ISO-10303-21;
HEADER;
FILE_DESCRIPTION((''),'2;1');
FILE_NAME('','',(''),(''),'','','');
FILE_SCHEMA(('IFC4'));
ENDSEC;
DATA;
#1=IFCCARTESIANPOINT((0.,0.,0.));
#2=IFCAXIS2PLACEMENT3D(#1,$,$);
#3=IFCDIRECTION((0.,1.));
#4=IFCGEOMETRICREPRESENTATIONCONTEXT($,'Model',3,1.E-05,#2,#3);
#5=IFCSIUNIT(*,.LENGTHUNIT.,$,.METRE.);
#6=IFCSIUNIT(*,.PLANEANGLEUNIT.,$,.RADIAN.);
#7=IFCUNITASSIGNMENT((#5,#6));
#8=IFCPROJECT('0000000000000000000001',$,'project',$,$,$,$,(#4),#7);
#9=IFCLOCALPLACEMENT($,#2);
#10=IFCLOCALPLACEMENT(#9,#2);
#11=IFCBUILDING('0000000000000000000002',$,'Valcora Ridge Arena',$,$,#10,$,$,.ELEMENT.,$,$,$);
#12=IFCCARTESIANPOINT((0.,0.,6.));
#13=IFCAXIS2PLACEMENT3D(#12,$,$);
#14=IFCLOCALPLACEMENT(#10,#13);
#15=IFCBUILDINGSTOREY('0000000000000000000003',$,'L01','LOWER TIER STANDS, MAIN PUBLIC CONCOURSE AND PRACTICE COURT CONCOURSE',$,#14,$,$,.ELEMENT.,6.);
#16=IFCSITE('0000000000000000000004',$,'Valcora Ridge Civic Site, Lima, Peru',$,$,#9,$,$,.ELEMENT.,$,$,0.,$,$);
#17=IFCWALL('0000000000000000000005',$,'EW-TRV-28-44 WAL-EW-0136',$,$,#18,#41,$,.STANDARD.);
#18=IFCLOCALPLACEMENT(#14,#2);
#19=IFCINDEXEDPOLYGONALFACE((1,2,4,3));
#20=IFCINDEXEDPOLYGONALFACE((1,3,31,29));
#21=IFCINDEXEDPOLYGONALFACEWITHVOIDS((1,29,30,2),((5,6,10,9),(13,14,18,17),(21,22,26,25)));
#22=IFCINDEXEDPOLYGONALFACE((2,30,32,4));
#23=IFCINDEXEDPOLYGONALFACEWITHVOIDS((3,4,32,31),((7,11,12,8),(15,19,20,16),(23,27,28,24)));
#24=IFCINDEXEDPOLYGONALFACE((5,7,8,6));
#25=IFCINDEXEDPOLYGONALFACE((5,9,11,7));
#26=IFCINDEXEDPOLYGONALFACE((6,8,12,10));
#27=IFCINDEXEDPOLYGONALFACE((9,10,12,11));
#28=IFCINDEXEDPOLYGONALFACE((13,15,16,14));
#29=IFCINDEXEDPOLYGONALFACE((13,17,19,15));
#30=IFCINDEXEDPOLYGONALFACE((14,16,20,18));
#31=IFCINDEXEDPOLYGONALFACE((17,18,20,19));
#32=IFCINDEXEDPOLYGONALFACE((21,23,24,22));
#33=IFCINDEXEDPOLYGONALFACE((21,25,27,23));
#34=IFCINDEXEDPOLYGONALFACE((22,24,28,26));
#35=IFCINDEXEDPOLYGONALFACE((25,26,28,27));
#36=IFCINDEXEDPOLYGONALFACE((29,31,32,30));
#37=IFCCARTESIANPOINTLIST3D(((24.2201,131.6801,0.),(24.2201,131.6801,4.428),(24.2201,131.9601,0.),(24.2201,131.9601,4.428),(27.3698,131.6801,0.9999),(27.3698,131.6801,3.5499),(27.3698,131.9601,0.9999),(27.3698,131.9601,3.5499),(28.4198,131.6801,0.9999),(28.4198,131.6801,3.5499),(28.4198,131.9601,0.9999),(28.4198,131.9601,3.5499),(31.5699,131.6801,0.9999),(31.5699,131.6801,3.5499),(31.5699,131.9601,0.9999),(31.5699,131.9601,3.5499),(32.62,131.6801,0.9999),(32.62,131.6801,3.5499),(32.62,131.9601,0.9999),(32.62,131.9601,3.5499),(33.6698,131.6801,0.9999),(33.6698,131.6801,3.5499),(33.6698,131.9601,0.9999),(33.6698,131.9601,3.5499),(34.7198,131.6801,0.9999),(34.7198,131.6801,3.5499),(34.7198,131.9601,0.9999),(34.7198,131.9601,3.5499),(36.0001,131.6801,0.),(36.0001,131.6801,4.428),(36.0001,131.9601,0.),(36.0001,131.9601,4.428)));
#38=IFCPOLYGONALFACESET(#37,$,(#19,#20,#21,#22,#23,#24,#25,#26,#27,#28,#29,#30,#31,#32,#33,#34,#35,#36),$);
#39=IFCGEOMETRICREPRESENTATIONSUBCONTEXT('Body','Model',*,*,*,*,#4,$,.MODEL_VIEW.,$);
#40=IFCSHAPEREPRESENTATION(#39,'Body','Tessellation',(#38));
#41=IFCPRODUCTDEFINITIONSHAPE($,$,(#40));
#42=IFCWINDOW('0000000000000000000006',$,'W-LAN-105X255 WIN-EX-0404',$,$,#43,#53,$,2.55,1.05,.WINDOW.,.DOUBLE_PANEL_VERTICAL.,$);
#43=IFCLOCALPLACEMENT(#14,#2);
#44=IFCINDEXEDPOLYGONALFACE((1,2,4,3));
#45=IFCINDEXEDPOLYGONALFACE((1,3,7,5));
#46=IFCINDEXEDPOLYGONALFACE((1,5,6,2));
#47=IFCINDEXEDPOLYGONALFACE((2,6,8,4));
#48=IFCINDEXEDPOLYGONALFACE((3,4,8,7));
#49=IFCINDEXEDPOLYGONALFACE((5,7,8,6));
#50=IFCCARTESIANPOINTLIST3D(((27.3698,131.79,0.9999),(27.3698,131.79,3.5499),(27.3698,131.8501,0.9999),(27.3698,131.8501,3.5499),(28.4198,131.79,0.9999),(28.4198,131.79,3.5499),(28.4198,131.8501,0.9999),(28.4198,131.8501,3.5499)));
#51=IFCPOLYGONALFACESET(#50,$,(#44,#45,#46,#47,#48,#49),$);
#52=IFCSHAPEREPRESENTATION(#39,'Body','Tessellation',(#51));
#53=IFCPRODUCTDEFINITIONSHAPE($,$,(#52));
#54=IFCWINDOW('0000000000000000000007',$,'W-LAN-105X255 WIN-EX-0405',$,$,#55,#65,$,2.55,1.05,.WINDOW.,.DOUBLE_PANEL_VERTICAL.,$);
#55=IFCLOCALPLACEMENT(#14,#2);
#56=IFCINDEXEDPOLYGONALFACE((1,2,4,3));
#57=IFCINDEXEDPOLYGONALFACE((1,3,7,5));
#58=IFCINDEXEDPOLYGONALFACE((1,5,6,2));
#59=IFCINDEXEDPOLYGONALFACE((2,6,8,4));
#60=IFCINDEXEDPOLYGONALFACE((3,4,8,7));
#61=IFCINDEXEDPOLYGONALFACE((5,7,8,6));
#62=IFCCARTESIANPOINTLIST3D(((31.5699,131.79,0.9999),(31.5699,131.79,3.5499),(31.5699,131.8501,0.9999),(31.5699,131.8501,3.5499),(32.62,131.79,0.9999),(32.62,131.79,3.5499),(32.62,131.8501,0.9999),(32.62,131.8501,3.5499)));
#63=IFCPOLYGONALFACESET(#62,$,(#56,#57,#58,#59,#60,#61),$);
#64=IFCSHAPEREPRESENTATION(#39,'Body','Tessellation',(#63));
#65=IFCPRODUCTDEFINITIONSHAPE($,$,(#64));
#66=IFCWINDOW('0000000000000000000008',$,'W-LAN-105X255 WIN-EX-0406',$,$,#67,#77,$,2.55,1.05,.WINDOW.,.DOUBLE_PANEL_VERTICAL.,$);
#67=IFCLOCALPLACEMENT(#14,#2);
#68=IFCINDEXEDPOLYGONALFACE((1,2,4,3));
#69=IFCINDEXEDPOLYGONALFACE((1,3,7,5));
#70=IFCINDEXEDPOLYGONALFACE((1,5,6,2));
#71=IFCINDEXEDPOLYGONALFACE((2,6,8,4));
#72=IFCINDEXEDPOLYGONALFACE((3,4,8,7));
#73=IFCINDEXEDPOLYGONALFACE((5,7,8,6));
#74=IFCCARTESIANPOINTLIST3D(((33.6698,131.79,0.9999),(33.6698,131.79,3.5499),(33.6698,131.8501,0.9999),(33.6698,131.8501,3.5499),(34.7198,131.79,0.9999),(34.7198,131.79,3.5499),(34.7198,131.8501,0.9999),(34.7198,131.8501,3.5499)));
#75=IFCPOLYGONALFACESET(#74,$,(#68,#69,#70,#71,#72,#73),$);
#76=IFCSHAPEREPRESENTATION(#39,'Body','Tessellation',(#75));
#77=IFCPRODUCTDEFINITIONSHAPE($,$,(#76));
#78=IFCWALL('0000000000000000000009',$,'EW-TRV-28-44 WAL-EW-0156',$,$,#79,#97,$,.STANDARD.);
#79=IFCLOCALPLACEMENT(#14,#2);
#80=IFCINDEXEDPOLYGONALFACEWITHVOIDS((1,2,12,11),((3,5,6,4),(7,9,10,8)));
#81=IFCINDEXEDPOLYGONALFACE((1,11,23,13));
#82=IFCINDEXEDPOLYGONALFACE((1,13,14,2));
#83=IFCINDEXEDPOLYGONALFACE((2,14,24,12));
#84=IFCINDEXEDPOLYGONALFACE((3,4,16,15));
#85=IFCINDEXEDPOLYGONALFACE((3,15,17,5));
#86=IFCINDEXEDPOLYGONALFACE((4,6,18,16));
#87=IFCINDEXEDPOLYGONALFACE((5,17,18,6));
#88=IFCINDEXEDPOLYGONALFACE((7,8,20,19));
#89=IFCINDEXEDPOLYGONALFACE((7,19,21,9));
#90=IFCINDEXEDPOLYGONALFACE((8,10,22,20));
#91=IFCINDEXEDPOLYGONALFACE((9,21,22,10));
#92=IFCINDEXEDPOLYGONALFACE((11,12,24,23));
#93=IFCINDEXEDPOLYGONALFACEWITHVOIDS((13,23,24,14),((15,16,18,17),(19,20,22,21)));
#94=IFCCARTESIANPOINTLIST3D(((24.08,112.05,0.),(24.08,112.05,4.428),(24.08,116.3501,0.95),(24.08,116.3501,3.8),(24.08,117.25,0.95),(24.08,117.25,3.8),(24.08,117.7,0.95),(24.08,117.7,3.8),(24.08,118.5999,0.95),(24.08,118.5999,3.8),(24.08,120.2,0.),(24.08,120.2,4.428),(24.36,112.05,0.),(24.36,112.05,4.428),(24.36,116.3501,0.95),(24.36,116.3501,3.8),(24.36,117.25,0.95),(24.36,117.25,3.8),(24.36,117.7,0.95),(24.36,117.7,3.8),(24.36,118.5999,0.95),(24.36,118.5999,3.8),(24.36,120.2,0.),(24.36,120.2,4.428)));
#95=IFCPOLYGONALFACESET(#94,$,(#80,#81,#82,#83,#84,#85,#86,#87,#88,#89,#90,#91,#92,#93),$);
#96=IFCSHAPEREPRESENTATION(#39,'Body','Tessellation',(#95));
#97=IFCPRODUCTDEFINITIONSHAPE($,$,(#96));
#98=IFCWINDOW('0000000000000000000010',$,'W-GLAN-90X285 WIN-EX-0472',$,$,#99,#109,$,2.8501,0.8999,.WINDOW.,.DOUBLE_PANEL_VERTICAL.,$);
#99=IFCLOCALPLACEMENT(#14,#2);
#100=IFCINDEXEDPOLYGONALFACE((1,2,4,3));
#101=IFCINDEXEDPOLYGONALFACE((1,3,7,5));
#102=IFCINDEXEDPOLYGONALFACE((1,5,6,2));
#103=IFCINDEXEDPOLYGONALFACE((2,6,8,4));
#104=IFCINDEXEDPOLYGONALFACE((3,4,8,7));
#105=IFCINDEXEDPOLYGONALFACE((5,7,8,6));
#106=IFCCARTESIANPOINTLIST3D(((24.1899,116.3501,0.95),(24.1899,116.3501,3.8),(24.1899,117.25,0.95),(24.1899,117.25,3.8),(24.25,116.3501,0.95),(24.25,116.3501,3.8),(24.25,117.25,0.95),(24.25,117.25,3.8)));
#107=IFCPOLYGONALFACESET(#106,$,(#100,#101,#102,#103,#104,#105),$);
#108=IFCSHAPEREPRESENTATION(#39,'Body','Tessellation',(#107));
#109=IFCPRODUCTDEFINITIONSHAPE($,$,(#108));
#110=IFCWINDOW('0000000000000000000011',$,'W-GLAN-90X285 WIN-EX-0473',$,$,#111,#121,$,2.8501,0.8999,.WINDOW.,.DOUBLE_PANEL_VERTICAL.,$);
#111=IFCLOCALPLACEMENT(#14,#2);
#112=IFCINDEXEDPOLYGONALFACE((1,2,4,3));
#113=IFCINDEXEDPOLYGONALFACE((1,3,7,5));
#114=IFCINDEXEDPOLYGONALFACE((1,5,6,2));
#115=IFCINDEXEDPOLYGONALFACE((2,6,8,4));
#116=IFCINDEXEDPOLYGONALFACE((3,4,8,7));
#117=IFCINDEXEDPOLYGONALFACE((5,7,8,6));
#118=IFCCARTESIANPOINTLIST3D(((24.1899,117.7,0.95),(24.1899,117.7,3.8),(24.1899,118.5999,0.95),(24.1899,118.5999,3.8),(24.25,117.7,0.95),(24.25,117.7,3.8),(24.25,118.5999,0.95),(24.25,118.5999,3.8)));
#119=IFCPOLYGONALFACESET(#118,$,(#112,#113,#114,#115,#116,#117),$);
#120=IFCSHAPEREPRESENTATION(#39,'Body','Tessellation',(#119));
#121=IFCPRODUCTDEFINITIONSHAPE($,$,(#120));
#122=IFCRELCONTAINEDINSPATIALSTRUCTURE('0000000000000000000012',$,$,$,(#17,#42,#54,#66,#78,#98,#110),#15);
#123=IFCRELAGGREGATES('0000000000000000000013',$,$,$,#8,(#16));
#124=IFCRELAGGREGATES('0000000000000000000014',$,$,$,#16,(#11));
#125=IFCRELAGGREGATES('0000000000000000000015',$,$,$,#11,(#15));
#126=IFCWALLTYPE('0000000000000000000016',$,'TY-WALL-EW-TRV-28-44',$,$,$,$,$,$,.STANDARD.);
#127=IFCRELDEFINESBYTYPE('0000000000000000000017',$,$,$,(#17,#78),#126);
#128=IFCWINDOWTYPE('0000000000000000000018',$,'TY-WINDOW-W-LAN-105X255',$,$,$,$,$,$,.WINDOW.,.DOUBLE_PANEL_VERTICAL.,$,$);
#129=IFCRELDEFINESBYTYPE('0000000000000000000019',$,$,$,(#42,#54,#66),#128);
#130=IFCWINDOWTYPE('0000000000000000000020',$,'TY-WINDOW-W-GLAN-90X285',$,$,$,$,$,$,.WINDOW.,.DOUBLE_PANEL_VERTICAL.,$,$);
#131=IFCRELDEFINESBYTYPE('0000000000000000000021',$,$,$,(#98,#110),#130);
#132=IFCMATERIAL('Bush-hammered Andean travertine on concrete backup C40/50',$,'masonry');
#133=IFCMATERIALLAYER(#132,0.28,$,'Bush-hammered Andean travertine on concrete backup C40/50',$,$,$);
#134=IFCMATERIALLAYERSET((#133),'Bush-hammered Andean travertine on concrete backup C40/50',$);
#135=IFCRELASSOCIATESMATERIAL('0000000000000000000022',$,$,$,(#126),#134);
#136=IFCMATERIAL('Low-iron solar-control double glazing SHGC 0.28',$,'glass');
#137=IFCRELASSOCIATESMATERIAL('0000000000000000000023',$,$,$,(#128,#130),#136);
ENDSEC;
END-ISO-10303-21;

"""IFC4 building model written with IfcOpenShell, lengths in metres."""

from ifc_helpers import new_model, si_unit, direction, frame, frame_2d, origin, place, context, subcontext, project, spatial, rectangle, extrude, material, layer, layer_set, type_object, element, fill, save


model = new_model("IFC4")

# Units and contexts
model_context = context("Model", 3, precision=1e-05, world=origin(), true_north=direction((0.0, 1.0)))
body_context = subcontext(model_context, "Body", "Model", "MODEL_VIEW")
ifc_project = project(units=[si_unit("LENGTHUNIT", "METRE"), si_unit("PLANEANGLEUNIT", "RADIAN")], contexts=[model_context])

# Site, building, storey
site_placement = place(None, origin())
site = spatial("IfcSite", under=ifc_project, at=site_placement, Name="Valcora Ridge Civic Site, Lima, Peru", CompositionType="ELEMENT", RefElevation=0.0)
building_placement = place(site_placement, origin())
building = spatial("IfcBuilding", under=site, at=building_placement, Name="Valcora Ridge Arena", CompositionType="ELEMENT")
storey_placement = place(building_placement, frame((0.0, 0.0, 6.0)))
storey = spatial("IfcBuildingStorey", under=building, at=storey_placement, Name="L01", Description="LOWER TIER STANDS, MAIN PUBLIC CONCOURSE AND PRACTICE COURT CONCOURSE", CompositionType="ELEMENT", Elevation=6.0)

# Walls, openings, windows
ifc_material_1 = material(Name="Bush-hammered Andean travertine on concrete backup C40/50", Category="masonry")
ifc_layer_1 = layer(ifc_material_1, 0.28, Name="Bush-hammered Andean travertine on concrete backup C40/50")
ifc_layer_set_1 = layer_set([ifc_layer_1], Name="Bush-hammered Andean travertine on concrete backup C40/50")
wall_type_1 = type_object("IfcWallType", Name="TY-WALL-EW-TRV-28-44", PredefinedType="STANDARD", material=ifc_layer_set_1)
wall_1_placement = place(storey_placement, frame((24.22, 131.8201, 0.0), z_axis=(0.0, 0.0, 1.0), x_axis=(1.0, 0.0, 0.0)))
wall_1 = element("IfcWall", 1, at=wall_1_placement, inside=storey, type_object=wall_type_1, Name="EW-TRV-28-44 WAL-EW-0136", PredefinedType="STANDARD", context=body_context, shape_type="SweptSolid", body=[
    extrude(rectangle(XDim=11.78, YDim=0.28, at=frame_2d((5.8901, 0.0))), origin(), (0.0, 0.0, 1.0), 4.428),
])
opening_1_placement = place(wall_1_placement, frame((3.1499, 0.0, 1.0)))
opening_1 = element("IfcOpeningElement", 2, at=opening_1_placement, cuts=wall_1, PredefinedType="OPENING", context=body_context, shape_type="SweptSolid", body=[
    extrude(rectangle(XDim=1.05, YDim=2.55, at=frame_2d((0.5249, 1.2749))), frame((0.0, 0.1499, 0.0), z_axis=(0.0, -1.0, 0.0), x_axis=(1.0, 0.0, 0.0)), (0.0, 0.0, 1.0), 0.3),
])
opening_2_placement = place(wall_1_placement, frame((7.3501, 0.0, 1.0)))
opening_2 = element("IfcOpeningElement", 3, at=opening_2_placement, cuts=wall_1, PredefinedType="OPENING", context=body_context, shape_type="SweptSolid", body=[
    extrude(rectangle(XDim=1.05, YDim=2.55, at=frame_2d((0.5249, 1.2749))), frame((0.0, 0.1499, 0.0), z_axis=(0.0, -1.0, 0.0), x_axis=(1.0, 0.0, 0.0)), (0.0, 0.0, 1.0), 0.3),
])
opening_3_placement = place(wall_1_placement, frame((9.45, 0.0, 1.0)))
opening_3 = element("IfcOpeningElement", 4, at=opening_3_placement, cuts=wall_1, PredefinedType="OPENING", context=body_context, shape_type="SweptSolid", body=[
    extrude(rectangle(XDim=1.05, YDim=2.55, at=frame_2d((0.5249, 1.2749))), frame((0.0, 0.1499, 0.0), z_axis=(0.0, -1.0, 0.0), x_axis=(1.0, 0.0, 0.0)), (0.0, 0.0, 1.0), 0.3),
])
ifc_material_2 = material(Name="Low-iron solar-control double glazing SHGC 0.28", Category="glass")
window_type_1 = type_object("IfcWindowType", Name="TY-WINDOW-W-LAN-105X255", PartitioningType="DOUBLE_PANEL_VERTICAL", PredefinedType="WINDOW", material=ifc_material_2)
window_1_placement = place(opening_1_placement, origin())
window_1 = element("IfcWindow", 5, at=window_1_placement, inside=storey, type_object=window_type_1, Name="W-LAN-105X255 WIN-EX-0404", OverallHeight=2.55, OverallWidth=1.05, PartitioningType="DOUBLE_PANEL_VERTICAL", PredefinedType="WINDOW", context=body_context, shape_type="SweptSolid", body=[
    extrude(rectangle(XDim=1.05, YDim=2.55, at=frame_2d((0.5249, 1.2749))), frame((0.0, 0.03, 0.0), z_axis=(0.0, -1.0, 0.0), x_axis=(1.0, 0.0, 0.0)), (0.0, 0.0, 1.0), 0.0601),
])
fill(opening_1, window_1)
window_2_placement = place(opening_2_placement, origin())
window_2 = element("IfcWindow", 6, at=window_2_placement, inside=storey, type_object=window_type_1, Name="W-LAN-105X255 WIN-EX-0405", OverallHeight=2.55, OverallWidth=1.05, PartitioningType="DOUBLE_PANEL_VERTICAL", PredefinedType="WINDOW", context=body_context, shape_type="SweptSolid", body=[
    extrude(rectangle(XDim=1.05, YDim=2.55, at=frame_2d((0.5249, 1.2749))), frame((0.0, 0.03, 0.0), z_axis=(0.0, -1.0, 0.0), x_axis=(1.0, 0.0, 0.0)), (0.0, 0.0, 1.0), 0.0601),
])
fill(opening_2, window_2)
window_3_placement = place(opening_3_placement, origin())
window_3 = element("IfcWindow", 7, at=window_3_placement, inside=storey, type_object=window_type_1, Name="W-LAN-105X255 WIN-EX-0406", OverallHeight=2.55, OverallWidth=1.05, PartitioningType="DOUBLE_PANEL_VERTICAL", PredefinedType="WINDOW", context=body_context, shape_type="SweptSolid", body=[
    extrude(rectangle(XDim=1.05, YDim=2.55, at=frame_2d((0.5249, 1.2749))), frame((0.0, 0.03, 0.0), z_axis=(0.0, -1.0, 0.0), x_axis=(1.0, 0.0, 0.0)), (0.0, 0.0, 1.0), 0.0601),
])
fill(opening_3, window_3)
wall_2_placement = place(storey_placement, frame((24.22, 112.05, 0.0), z_axis=(0.0, 0.0, 1.0), x_axis=(0.0, 1.0, 0.0)))
wall_2 = element("IfcWall", 8, at=wall_2_placement, inside=storey, type_object=wall_type_1, Name="EW-TRV-28-44 WAL-EW-0156", PredefinedType="STANDARD", context=body_context, shape_type="SweptSolid", body=[
    extrude(rectangle(XDim=8.1499, YDim=0.28, at=frame_2d((4.075, 0.0))), origin(), (0.0, 0.0, 1.0), 4.428),
])
opening_4_placement = place(wall_2_placement, frame((4.3, 0.0, 0.95)))
opening_4 = element("IfcOpeningElement", 9, at=opening_4_placement, cuts=wall_2, PredefinedType="OPENING", context=body_context, shape_type="SweptSolid", body=[
    extrude(rectangle(XDim=0.8999, YDim=2.8501, at=frame_2d((0.45, 1.425))), frame((0.0, 0.1499, 0.0), z_axis=(0.0, -1.0, 0.0), x_axis=(1.0, 0.0, 0.0)), (0.0, 0.0, 1.0), 0.3),
])
opening_5_placement = place(wall_2_placement, frame((5.6499, 0.0, 0.95)))
opening_5 = element("IfcOpeningElement", 10, at=opening_5_placement, cuts=wall_2, PredefinedType="OPENING", context=body_context, shape_type="SweptSolid", body=[
    extrude(rectangle(XDim=0.8999, YDim=2.8501, at=frame_2d((0.45, 1.425))), frame((0.0, 0.1499, 0.0), z_axis=(0.0, -1.0, 0.0), x_axis=(1.0, 0.0, 0.0)), (0.0, 0.0, 1.0), 0.3),
])
window_type_2 = type_object("IfcWindowType", Name="TY-WINDOW-W-GLAN-90X285", PartitioningType="DOUBLE_PANEL_VERTICAL", PredefinedType="WINDOW", material=ifc_material_2)
window_4_placement = place(opening_4_placement, origin())
window_4 = element("IfcWindow", 11, at=window_4_placement, inside=storey, type_object=window_type_2, Name="W-GLAN-90X285 WIN-EX-0472", OverallHeight=2.8501, OverallWidth=0.8999, PartitioningType="DOUBLE_PANEL_VERTICAL", PredefinedType="WINDOW", context=body_context, shape_type="SweptSolid", body=[
    extrude(rectangle(XDim=0.8999, YDim=2.8501, at=frame_2d((0.45, 1.425))), frame((0.0, 0.03, 0.0), z_axis=(0.0, -1.0, 0.0), x_axis=(1.0, 0.0, 0.0)), (0.0, 0.0, 1.0), 0.0601),
])
fill(opening_4, window_4)
window_5_placement = place(opening_5_placement, origin())
window_5 = element("IfcWindow", 12, at=window_5_placement, inside=storey, type_object=window_type_2, Name="W-GLAN-90X285 WIN-EX-0473", OverallHeight=2.8501, OverallWidth=0.8999, PartitioningType="DOUBLE_PANEL_VERTICAL", PredefinedType="WINDOW", context=body_context, shape_type="SweptSolid", body=[
    extrude(rectangle(XDim=0.8999, YDim=2.8501, at=frame_2d((0.45, 1.425))), frame((0.0, 0.03, 0.0), z_axis=(0.0, -1.0, 0.0), x_axis=(1.0, 0.0, 0.0)), (0.0, 0.0, 1.0), 0.0601),
])
fill(opening_5, window_5)

save(model, "model.ifc")
